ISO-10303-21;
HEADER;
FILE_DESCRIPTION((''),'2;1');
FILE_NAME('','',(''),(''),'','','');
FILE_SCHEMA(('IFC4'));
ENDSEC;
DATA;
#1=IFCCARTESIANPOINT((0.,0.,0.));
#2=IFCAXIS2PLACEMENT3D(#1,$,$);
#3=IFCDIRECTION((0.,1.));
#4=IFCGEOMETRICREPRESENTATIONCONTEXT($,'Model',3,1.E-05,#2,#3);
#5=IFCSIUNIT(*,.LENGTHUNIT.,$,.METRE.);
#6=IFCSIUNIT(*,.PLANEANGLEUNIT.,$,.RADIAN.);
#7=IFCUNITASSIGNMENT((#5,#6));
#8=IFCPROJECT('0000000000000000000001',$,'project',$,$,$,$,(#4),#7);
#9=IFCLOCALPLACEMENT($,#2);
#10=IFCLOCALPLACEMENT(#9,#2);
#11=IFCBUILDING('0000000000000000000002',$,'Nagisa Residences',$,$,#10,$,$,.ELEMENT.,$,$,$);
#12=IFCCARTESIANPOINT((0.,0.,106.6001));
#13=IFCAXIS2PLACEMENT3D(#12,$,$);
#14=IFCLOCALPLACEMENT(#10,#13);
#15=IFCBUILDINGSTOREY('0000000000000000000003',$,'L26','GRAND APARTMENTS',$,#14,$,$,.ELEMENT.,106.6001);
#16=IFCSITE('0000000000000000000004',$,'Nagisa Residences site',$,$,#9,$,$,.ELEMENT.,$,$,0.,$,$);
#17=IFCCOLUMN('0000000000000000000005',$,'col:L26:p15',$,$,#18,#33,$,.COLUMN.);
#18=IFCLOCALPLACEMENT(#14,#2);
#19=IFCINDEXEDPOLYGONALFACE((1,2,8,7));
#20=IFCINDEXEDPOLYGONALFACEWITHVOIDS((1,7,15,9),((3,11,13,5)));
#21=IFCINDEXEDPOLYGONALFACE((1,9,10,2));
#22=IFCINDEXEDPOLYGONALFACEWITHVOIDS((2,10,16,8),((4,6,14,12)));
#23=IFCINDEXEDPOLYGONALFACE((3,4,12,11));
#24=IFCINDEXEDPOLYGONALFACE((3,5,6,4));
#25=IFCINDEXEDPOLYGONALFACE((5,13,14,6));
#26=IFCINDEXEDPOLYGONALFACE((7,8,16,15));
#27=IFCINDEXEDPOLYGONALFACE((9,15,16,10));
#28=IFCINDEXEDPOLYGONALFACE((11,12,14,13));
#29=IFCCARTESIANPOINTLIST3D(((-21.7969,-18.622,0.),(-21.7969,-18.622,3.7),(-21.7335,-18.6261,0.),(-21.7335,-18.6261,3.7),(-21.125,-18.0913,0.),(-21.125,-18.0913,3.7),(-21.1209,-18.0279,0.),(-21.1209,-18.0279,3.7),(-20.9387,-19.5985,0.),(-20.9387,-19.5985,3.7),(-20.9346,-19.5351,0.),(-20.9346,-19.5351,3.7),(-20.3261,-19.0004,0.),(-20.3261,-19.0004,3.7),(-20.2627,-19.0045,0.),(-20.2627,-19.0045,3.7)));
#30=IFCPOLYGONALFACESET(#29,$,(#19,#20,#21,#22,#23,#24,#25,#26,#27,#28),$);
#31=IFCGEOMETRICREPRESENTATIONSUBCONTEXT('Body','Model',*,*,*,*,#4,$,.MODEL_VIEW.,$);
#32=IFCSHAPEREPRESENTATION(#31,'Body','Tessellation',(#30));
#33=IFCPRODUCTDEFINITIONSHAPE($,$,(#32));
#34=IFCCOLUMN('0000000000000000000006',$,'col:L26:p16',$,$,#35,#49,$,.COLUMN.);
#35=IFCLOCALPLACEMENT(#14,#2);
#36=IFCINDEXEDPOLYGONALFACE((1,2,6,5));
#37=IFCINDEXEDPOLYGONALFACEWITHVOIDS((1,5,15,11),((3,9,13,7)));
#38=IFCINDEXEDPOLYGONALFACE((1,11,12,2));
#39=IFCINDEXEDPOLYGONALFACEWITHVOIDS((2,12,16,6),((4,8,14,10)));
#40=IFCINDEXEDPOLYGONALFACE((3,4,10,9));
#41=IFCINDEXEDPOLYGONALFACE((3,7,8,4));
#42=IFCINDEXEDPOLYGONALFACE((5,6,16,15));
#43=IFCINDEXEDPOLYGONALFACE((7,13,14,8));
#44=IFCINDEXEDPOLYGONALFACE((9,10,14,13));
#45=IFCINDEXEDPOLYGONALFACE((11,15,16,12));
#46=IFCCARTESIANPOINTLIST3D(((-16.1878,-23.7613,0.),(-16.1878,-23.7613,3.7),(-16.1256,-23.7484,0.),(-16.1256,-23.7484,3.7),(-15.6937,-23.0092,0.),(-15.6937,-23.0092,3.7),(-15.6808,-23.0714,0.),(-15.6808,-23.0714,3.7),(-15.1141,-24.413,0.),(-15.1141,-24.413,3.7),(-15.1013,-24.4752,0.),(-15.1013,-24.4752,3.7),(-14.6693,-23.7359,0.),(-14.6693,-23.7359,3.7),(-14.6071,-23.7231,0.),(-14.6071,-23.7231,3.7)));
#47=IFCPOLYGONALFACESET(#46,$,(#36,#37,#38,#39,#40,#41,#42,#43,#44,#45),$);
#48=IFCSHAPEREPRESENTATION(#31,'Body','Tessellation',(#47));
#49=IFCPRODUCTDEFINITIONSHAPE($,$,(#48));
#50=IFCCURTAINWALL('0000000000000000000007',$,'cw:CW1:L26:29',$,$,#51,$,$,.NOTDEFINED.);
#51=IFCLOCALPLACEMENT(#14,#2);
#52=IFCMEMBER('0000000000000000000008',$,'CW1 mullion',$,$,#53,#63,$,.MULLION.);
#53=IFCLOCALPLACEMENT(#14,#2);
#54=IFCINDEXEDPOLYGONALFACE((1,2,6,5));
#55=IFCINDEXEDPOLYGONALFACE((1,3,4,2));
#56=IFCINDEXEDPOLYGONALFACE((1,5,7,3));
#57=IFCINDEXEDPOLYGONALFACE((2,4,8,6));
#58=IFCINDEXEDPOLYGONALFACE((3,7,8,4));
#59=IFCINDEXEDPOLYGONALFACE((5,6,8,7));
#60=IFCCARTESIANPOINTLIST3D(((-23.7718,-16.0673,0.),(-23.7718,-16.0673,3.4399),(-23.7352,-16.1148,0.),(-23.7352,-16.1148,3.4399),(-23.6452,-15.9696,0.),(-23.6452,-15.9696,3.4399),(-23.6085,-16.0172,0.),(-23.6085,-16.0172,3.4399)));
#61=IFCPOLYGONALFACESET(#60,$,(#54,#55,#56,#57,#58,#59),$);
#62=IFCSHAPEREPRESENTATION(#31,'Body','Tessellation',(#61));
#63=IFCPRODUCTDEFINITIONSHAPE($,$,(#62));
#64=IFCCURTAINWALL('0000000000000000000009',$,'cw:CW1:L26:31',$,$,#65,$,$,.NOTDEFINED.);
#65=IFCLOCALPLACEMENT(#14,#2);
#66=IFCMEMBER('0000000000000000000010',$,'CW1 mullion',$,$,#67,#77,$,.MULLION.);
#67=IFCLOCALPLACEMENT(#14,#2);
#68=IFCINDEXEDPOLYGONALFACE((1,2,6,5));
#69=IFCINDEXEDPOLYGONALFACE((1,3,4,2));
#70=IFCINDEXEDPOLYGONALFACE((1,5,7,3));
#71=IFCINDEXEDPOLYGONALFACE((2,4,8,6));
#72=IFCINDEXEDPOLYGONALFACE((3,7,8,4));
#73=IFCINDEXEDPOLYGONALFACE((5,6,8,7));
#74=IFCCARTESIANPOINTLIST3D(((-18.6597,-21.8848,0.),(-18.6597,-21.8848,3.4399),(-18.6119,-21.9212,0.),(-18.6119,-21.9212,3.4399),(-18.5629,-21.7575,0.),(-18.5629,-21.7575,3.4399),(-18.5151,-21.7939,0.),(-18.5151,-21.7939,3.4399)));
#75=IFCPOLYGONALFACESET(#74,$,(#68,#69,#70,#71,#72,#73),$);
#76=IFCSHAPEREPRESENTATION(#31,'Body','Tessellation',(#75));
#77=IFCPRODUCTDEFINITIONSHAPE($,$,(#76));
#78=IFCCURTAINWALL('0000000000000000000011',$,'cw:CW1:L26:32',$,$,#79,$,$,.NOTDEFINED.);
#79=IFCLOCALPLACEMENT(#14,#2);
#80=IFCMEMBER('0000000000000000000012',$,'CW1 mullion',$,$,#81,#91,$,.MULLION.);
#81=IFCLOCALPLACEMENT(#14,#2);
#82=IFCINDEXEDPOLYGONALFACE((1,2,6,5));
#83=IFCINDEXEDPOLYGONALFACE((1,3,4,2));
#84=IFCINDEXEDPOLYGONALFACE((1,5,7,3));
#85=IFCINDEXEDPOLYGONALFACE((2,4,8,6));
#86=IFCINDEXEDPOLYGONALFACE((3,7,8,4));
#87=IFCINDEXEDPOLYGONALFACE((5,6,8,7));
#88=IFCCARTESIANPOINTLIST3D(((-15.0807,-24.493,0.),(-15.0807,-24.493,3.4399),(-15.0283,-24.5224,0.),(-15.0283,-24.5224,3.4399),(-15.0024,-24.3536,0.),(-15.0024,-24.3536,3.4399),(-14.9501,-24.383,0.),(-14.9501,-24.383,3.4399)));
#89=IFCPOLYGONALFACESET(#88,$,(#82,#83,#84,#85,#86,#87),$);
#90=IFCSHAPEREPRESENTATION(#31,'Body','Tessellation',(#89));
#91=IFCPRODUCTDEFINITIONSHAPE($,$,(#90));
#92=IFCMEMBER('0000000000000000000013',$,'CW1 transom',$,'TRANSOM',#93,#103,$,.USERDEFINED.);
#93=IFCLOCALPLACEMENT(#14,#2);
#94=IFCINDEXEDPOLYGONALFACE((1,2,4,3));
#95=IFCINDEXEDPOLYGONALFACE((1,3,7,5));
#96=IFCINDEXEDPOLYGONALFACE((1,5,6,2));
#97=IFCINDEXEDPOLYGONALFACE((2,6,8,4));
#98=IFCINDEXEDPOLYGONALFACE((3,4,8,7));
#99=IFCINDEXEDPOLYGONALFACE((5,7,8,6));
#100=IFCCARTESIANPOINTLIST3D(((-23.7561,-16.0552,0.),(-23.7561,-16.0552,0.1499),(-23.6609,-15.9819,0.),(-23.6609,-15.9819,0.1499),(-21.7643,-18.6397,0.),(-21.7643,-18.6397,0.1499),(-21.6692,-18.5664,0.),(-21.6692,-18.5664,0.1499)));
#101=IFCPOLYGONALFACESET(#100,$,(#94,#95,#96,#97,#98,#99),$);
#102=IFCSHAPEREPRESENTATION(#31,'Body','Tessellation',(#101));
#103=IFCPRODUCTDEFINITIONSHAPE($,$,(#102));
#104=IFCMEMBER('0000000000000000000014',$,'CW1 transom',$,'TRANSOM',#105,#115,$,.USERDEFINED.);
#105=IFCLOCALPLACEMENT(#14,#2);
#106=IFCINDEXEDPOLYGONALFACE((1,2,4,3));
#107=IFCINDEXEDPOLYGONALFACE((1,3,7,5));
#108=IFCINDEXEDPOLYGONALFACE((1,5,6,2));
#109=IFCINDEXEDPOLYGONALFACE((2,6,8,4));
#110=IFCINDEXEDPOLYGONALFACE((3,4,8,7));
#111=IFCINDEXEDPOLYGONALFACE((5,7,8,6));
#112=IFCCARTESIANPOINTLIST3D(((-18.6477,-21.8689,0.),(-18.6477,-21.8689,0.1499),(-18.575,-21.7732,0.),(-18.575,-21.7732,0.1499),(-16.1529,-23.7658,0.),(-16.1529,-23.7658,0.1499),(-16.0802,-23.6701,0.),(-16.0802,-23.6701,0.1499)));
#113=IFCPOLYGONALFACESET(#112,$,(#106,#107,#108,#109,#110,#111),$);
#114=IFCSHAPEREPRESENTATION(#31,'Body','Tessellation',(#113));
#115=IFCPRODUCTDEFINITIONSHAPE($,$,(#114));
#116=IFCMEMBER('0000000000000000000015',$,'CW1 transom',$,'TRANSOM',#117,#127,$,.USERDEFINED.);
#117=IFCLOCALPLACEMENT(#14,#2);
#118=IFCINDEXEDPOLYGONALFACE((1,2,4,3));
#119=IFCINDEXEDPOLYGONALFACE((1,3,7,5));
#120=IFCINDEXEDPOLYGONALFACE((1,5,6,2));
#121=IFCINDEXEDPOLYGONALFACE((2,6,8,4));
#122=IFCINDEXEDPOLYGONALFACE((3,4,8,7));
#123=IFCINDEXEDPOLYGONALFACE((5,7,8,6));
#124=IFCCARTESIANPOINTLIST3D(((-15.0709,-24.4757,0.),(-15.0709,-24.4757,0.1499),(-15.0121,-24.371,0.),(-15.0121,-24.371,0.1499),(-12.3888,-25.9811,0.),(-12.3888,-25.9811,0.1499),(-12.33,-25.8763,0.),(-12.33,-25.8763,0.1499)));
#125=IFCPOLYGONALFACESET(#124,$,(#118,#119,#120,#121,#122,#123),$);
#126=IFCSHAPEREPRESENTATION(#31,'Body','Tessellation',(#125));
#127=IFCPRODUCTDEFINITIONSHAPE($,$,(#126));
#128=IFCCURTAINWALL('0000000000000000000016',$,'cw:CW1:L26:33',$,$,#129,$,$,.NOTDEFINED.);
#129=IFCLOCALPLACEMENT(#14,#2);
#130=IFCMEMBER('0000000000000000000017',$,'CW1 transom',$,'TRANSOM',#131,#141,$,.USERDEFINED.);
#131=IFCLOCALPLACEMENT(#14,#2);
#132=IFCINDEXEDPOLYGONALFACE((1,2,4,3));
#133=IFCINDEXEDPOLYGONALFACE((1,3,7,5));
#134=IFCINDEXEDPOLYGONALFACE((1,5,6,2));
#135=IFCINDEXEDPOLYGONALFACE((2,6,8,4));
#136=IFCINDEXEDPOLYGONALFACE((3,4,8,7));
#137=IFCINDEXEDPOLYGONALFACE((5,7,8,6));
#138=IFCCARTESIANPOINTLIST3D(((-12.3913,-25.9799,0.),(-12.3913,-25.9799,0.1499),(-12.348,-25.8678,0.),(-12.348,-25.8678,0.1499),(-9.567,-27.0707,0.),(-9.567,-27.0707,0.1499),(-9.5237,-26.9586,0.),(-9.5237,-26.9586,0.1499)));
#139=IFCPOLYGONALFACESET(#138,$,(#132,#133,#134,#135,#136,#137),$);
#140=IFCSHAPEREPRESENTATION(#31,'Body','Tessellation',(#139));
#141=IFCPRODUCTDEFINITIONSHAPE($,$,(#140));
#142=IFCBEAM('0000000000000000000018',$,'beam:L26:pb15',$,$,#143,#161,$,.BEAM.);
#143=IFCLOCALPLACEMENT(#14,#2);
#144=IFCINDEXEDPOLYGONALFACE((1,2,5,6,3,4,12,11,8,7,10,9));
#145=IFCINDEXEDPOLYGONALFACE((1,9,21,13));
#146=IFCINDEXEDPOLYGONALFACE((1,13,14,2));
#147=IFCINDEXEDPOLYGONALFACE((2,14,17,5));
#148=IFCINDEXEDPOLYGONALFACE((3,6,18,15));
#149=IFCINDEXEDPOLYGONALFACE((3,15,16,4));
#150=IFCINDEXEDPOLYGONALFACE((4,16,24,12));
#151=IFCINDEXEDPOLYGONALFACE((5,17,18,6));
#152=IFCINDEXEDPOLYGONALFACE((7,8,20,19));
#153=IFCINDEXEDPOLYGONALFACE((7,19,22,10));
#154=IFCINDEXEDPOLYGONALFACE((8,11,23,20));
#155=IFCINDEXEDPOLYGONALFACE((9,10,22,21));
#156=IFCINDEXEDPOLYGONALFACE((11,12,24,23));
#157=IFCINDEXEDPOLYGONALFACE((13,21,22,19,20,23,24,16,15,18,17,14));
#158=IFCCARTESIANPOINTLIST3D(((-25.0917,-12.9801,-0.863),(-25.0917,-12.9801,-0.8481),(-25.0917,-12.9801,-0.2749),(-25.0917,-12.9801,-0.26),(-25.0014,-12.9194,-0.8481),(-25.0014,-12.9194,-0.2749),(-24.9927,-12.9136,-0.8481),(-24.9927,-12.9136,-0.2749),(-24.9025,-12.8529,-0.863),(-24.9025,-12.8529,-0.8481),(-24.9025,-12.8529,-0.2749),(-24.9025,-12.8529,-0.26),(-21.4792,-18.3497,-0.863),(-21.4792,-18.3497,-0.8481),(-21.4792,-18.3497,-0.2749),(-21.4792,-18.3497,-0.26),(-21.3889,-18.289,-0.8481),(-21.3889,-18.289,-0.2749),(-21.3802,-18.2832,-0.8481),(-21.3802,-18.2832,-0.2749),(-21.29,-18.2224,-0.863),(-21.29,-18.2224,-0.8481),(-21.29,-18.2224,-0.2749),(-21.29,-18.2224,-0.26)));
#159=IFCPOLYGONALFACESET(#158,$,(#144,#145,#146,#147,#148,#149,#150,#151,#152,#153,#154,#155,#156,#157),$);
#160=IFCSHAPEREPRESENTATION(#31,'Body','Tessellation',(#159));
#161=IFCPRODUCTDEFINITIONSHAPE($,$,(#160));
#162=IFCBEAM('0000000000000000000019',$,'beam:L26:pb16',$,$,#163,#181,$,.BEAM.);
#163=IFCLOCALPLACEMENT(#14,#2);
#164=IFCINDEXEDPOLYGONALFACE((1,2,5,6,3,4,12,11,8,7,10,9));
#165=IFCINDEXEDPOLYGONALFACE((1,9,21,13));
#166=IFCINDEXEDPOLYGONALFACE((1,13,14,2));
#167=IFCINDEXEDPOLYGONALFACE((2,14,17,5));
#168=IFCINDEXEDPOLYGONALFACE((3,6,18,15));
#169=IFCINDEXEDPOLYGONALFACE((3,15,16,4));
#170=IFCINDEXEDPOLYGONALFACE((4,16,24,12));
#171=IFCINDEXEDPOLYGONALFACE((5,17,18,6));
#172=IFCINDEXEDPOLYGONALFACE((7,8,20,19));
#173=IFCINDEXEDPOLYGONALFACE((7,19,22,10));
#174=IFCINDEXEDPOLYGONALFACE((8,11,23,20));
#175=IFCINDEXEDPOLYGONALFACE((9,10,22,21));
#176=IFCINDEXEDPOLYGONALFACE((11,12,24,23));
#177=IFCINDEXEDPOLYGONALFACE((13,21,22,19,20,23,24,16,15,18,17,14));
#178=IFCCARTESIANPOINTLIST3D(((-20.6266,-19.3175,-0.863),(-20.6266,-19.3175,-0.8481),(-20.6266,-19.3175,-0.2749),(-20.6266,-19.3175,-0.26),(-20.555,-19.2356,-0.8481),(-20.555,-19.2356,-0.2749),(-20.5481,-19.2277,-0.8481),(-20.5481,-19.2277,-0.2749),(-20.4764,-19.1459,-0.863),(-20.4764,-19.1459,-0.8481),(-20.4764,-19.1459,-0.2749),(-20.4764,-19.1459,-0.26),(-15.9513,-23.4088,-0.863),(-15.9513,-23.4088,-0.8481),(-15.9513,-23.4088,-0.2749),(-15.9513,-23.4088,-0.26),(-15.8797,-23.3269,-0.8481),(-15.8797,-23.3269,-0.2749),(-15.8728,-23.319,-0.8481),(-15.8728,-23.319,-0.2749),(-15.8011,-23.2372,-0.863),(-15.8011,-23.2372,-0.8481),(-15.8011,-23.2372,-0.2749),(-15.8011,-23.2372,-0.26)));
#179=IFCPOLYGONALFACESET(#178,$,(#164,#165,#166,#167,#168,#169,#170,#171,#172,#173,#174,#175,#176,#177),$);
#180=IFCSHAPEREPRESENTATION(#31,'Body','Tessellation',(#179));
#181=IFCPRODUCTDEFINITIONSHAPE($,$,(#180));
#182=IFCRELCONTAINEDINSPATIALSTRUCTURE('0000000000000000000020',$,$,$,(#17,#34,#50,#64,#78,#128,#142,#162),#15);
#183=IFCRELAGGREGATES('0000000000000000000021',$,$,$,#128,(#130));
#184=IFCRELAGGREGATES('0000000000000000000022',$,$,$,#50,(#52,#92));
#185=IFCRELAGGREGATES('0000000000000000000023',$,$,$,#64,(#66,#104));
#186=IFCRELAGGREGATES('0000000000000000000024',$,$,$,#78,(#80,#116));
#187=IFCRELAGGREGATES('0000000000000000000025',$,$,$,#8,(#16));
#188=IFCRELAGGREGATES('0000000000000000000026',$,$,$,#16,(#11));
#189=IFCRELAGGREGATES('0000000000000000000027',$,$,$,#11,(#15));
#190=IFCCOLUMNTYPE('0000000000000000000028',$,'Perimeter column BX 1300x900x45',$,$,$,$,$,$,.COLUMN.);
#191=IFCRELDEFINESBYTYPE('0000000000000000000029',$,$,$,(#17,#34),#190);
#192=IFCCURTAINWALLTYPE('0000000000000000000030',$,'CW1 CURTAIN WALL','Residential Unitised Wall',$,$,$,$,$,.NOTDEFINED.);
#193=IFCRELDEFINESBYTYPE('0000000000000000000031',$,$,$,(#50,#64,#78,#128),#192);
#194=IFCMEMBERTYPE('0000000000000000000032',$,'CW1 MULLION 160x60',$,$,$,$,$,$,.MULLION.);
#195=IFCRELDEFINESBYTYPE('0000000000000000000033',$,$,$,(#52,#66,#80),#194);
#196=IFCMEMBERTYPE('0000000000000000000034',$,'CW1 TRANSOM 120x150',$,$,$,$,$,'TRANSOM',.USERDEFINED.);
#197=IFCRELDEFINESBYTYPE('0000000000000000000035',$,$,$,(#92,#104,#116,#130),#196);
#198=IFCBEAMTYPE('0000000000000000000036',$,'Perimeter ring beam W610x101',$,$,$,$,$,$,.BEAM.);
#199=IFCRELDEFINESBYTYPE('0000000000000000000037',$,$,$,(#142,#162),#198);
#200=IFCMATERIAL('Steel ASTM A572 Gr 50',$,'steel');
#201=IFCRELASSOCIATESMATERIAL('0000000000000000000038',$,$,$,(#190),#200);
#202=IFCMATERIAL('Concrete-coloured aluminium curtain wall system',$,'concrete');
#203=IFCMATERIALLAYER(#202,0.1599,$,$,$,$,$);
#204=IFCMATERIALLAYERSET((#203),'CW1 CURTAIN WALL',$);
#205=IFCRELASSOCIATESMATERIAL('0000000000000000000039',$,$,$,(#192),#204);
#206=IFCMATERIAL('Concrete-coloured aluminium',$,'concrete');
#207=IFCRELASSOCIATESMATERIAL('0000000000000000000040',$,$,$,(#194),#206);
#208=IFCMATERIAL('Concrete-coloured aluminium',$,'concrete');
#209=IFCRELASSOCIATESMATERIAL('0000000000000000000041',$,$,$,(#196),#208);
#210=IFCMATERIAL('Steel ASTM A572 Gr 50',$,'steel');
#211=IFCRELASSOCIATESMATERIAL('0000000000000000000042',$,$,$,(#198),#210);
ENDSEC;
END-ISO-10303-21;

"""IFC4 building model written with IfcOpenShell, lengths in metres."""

from ifc_helpers import new_model, si_unit, direction, frame, origin, origin_2d, place, context, subcontext, project, spatial, rectangle, hollow_rectangle, i_section, extrude, material, layer, layer_set, material_profile, profile_set, type_object, element, aggregate, save


model = new_model("IFC4")

# Units and contexts
model_context = context("Model", 3, precision=1e-05, world=origin(), true_north=direction((0.0, 1.0)))
body_context = subcontext(model_context, "Body", "Model", "MODEL_VIEW")
ifc_project = project(units=[si_unit("LENGTHUNIT", "METRE"), si_unit("PLANEANGLEUNIT", "RADIAN")], contexts=[model_context])

# Site, building, storey
site_placement = place(None, origin())
site = spatial("IfcSite", under=ifc_project, at=site_placement, Name="Nagisa Residences site", CompositionType="ELEMENT", RefElevation=0.0)
building_placement = place(site_placement, origin())
building = spatial("IfcBuilding", under=site, at=building_placement, Name="Nagisa Residences", CompositionType="ELEMENT")
storey_placement = place(building_placement, frame((0.0, 0.0, 106.6001)))
storey = spatial("IfcBuildingStorey", under=building, at=storey_placement, Name="L26", Description="GRAND APARTMENTS", CompositionType="ELEMENT", Elevation=106.6001)

# Columns
ifc_material_1 = material(Name="Steel ASTM A572 Gr 50", Category="steel")
ifc_material_profile_1 = material_profile(ifc_material_1, hollow_rectangle(XDim=1.3, YDim=0.8999, WallThickness=0.0449, at=origin_2d()), Name="BX 1300x900x45")
ifc_profile_set_1 = profile_set([ifc_material_profile_1], Name="Steel ASTM A572 Gr 50")
column_type = type_object("IfcColumnType", Name="Perimeter column BX 1300x900x45", PredefinedType="COLUMN", material=ifc_profile_set_1)
for number, where, z_axis, x_axis, name in (
    (1, (-21.0298, -18.8132, 0.0), (0.0, 0.0, 1.0), (0.660115, -0.751165, 0.0), "col:L26:p15"),
    (2, (-15.3975, -23.7422, 0.0), (0.0, 0.0, 1.0), (0.835766, -0.549086, 0.0), "col:L26:p16"),
):
    element("IfcColumn", number, at=place(storey_placement, frame(where, z_axis=z_axis, x_axis=x_axis)), inside=storey, type_object=column_type, Name=name, PredefinedType="COLUMN", context=body_context, shape_type="SweptSolid", body=[
        extrude(hollow_rectangle(XDim=1.3, YDim=0.8999, WallThickness=0.0449, at=origin_2d()), origin(), (0.0, 0.0, 1.0), 3.7),
    ])

# Curtain walls, members
ifc_material_2 = material(Name="Concrete-coloured aluminium curtain wall system", Category="concrete")
ifc_layer_1 = layer(ifc_material_2, 0.1599)
ifc_layer_set_1 = layer_set([ifc_layer_1], Name="CW1 CURTAIN WALL")
curtain_wall_type = type_object("IfcCurtainWallType", Name="CW1 CURTAIN WALL", Description="Residential Unitised Wall", PredefinedType="NOTDEFINED", material=ifc_layer_set_1)
curtain_wall_1_placement = place(storey_placement, origin())
curtain_wall_1 = element("IfcCurtainWall", 3, at=curtain_wall_1_placement, inside=storey, type_object=curtain_wall_type, Name="cw:CW1:L26:29", PredefinedType="NOTDEFINED")
ifc_material_3 = material(Name="Concrete-coloured aluminium", Category="concrete")
ifc_material_profile_2 = material_profile(ifc_material_3, rectangle(XDim=0.1599, YDim=0.0601, at=origin_2d()), Name="CW1 MULLION 160x60")
ifc_profile_set_2 = profile_set([ifc_material_profile_2], Name="Concrete-coloured aluminium")
member_type_1 = type_object("IfcMemberType", Name="CW1 MULLION 160x60", PredefinedType="MULLION", material=ifc_profile_set_2)
member_1_placement = place(storey_placement, frame((-23.6902, -16.0422, 0.0), z_axis=(0.0, 0.0, 1.0), x_axis=(0.79207, 0.61043, 0.0)))
member_1 = element("IfcMember", 4, at=member_1_placement, type_object=member_type_1, Name="CW1 mullion", PredefinedType="MULLION", context=body_context, shape_type="SweptSolid", body=[
    extrude(rectangle(XDim=0.1599, YDim=0.0601, at=origin_2d()), origin(), (0.0, 0.0, 1.0), 3.4399),
])
curtain_wall_2_placement = place(storey_placement, origin())
curtain_wall_2 = element("IfcCurtainWall", 5, at=curtain_wall_2_placement, inside=storey, type_object=curtain_wall_type, Name="cw:CW1:L26:31", PredefinedType="NOTDEFINED")
member_2_placement = place(storey_placement, frame((-18.5874, -21.8394, 0.0), z_axis=(0.0, 0.0, 1.0), x_axis=(0.605255, 0.796031, 0.0)))
member_2 = element("IfcMember", 6, at=member_2_placement, type_object=member_type_1, Name="CW1 mullion", PredefinedType="MULLION", context=body_context, shape_type="SweptSolid", body=[
    extrude(rectangle(XDim=0.1599, YDim=0.0601, at=origin_2d()), origin(), (0.0, 0.0, 1.0), 3.4399),
])
curtain_wall_3_placement = place(storey_placement, origin())
curtain_wall_3 = element("IfcCurtainWall", 7, at=curtain_wall_3_placement, inside=storey, type_object=curtain_wall_type, Name="cw:CW1:L26:32", PredefinedType="NOTDEFINED")
member_3_placement = place(storey_placement, frame((-15.0154, -24.438, 0.0), z_axis=(0.0, 0.0, 1.0), x_axis=(0.489377, 0.872072, 0.0)))
member_3 = element("IfcMember", 8, at=member_3_placement, type_object=member_type_1, Name="CW1 mullion", PredefinedType="MULLION", context=body_context, shape_type="SweptSolid", body=[
    extrude(rectangle(XDim=0.1599, YDim=0.0601, at=origin_2d()), origin(), (0.0, 0.0, 1.0), 3.4399),
])

# Members
ifc_material_4 = material(Name="Concrete-coloured aluminium", Category="concrete")
ifc_material_profile_3 = material_profile(ifc_material_4, rectangle(XDim=0.1201, YDim=0.1499, at=origin_2d()), Name="CW1 TRANSOM 120x150")
ifc_profile_set_3 = profile_set([ifc_material_profile_3], Name="Concrete-coloured aluminium")
member_type_2 = type_object("IfcMemberType", Name="CW1 TRANSOM 120x150", ElementType="TRANSOM", PredefinedType="USERDEFINED", material=ifc_profile_set_3)
member_4_placement = place(storey_placement, frame((-23.7085, -16.0186, 0.075), z_axis=(0.610412, -0.792084, 0.0), x_axis=(0.792084, 0.610412, 0.0)))
member_4 = element("IfcMember", 9, at=member_4_placement, type_object=member_type_2, Name="CW1 transom", ObjectType="TRANSOM", PredefinedType="USERDEFINED", context=body_context, shape_type="SweptSolid", body=[
    extrude(rectangle(XDim=0.1201, YDim=0.1499, at=origin_2d()), origin(), (0.0, 0.0, 1.0), 3.2629),
])
member_5_placement = place(storey_placement, frame((-18.6113, -21.821, 0.075), z_axis=(0.796029, -0.605259, 0.0), x_axis=(0.605259, 0.796029, 0.0)))
member_5 = element("IfcMember", 10, at=member_5_placement, type_object=member_type_2, Name="CW1 transom", ObjectType="TRANSOM", PredefinedType="USERDEFINED", context=body_context, shape_type="SweptSolid", body=[
    extrude(rectangle(XDim=0.1201, YDim=0.1499, at=origin_2d()), origin(), (0.0, 0.0, 1.0), 3.134),
])
member_6_placement = place(storey_placement, frame((-15.0415, -24.4233, 0.075), z_axis=(0.872037, -0.489439, 0.0), x_axis=(0.489439, 0.872037, 0.0)))
member_6 = element("IfcMember", 11, at=member_6_placement, type_object=member_type_2, Name="CW1 transom", ObjectType="TRANSOM", PredefinedType="USERDEFINED", context=body_context, shape_type="SweptSolid", body=[
    extrude(rectangle(XDim=0.1201, YDim=0.1499, at=origin_2d()), origin(), (0.0, 0.0, 1.0), 3.0757),
])

# Curtain wall, member
curtain_wall_4_placement = place(storey_placement, origin())
curtain_wall_4 = element("IfcCurtainWall", 12, at=curtain_wall_4_placement, inside=storey, type_object=curtain_wall_type, Name="cw:CW1:L26:33", PredefinedType="NOTDEFINED")
member_7_placement = place(storey_placement, frame((-12.3696, -25.9238, 0.075), z_axis=(0.932838, -0.360297, 0.0), x_axis=(0.360297, 0.932838, 0.0)))
member_7 = element("IfcMember", 13, at=member_7_placement, type_object=member_type_2, Name="CW1 transom", ObjectType="TRANSOM", PredefinedType="USERDEFINED", context=body_context, shape_type="SweptSolid", body=[
    extrude(rectangle(XDim=0.1201, YDim=0.1499, at=origin_2d()), origin(), (0.0, 0.0, 1.0), 3.0276),
])
aggregate(curtain_wall_4, [member_7])

# Beams
ifc_material_5 = material(Name="Steel ASTM A572 Gr 50", Category="steel")
ifc_material_profile_4 = material_profile(ifc_material_5, i_section(OverallWidth=0.228, OverallDepth=0.603, WebThickness=0.0105, FlangeThickness=0.0149, at=origin_2d()), Name="W610x101")
ifc_profile_set_4 = profile_set([ifc_material_profile_4], Name="Steel ASTM A572 Gr 50")
beam_type_1 = type_object("IfcBeamType", Name="Perimeter ring beam W610x101", PredefinedType="BEAM", material=ifc_profile_set_4)
beam_1_placement = place(storey_placement, frame((-24.9971, -12.9165, -0.5615), z_axis=(0.558204, -0.829704, 0.0), x_axis=(0.829704, 0.558204, 0.0)))
element("IfcBeam", 14, at=beam_1_placement, inside=storey, type_object=beam_type_1, Name="beam:L26:pb15", PredefinedType="BEAM", context=body_context, shape_type="SweptSolid", body=[
    extrude(i_section(OverallWidth=0.228, OverallDepth=0.603, WebThickness=0.0105, FlangeThickness=0.0149, at=origin_2d()), origin(), (0.0, 0.0, 1.0), 6.4717),
])
beam_2_placement = place(storey_placement, frame((-20.5515, -19.2317, -0.5615), z_axis=(0.752543, -0.658544, 0.0), x_axis=(0.658544, 0.752543, 0.0)))
element("IfcBeam", 15, at=beam_2_placement, inside=storey, type_object=beam_type_1, Name="beam:L26:pb16", PredefinedType="BEAM", context=body_context, shape_type="SweptSolid", body=[
    extrude(i_section(OverallWidth=0.228, OverallDepth=0.603, WebThickness=0.0105, FlangeThickness=0.0149, at=origin_2d()), origin(), (0.0, 0.0, 1.0), 6.2126),
])

aggregate(curtain_wall_1, [member_1, member_4])
aggregate(curtain_wall_2, [member_2, member_5])
aggregate(curtain_wall_3, [member_3, member_6])

save(model, "model.ifc")
